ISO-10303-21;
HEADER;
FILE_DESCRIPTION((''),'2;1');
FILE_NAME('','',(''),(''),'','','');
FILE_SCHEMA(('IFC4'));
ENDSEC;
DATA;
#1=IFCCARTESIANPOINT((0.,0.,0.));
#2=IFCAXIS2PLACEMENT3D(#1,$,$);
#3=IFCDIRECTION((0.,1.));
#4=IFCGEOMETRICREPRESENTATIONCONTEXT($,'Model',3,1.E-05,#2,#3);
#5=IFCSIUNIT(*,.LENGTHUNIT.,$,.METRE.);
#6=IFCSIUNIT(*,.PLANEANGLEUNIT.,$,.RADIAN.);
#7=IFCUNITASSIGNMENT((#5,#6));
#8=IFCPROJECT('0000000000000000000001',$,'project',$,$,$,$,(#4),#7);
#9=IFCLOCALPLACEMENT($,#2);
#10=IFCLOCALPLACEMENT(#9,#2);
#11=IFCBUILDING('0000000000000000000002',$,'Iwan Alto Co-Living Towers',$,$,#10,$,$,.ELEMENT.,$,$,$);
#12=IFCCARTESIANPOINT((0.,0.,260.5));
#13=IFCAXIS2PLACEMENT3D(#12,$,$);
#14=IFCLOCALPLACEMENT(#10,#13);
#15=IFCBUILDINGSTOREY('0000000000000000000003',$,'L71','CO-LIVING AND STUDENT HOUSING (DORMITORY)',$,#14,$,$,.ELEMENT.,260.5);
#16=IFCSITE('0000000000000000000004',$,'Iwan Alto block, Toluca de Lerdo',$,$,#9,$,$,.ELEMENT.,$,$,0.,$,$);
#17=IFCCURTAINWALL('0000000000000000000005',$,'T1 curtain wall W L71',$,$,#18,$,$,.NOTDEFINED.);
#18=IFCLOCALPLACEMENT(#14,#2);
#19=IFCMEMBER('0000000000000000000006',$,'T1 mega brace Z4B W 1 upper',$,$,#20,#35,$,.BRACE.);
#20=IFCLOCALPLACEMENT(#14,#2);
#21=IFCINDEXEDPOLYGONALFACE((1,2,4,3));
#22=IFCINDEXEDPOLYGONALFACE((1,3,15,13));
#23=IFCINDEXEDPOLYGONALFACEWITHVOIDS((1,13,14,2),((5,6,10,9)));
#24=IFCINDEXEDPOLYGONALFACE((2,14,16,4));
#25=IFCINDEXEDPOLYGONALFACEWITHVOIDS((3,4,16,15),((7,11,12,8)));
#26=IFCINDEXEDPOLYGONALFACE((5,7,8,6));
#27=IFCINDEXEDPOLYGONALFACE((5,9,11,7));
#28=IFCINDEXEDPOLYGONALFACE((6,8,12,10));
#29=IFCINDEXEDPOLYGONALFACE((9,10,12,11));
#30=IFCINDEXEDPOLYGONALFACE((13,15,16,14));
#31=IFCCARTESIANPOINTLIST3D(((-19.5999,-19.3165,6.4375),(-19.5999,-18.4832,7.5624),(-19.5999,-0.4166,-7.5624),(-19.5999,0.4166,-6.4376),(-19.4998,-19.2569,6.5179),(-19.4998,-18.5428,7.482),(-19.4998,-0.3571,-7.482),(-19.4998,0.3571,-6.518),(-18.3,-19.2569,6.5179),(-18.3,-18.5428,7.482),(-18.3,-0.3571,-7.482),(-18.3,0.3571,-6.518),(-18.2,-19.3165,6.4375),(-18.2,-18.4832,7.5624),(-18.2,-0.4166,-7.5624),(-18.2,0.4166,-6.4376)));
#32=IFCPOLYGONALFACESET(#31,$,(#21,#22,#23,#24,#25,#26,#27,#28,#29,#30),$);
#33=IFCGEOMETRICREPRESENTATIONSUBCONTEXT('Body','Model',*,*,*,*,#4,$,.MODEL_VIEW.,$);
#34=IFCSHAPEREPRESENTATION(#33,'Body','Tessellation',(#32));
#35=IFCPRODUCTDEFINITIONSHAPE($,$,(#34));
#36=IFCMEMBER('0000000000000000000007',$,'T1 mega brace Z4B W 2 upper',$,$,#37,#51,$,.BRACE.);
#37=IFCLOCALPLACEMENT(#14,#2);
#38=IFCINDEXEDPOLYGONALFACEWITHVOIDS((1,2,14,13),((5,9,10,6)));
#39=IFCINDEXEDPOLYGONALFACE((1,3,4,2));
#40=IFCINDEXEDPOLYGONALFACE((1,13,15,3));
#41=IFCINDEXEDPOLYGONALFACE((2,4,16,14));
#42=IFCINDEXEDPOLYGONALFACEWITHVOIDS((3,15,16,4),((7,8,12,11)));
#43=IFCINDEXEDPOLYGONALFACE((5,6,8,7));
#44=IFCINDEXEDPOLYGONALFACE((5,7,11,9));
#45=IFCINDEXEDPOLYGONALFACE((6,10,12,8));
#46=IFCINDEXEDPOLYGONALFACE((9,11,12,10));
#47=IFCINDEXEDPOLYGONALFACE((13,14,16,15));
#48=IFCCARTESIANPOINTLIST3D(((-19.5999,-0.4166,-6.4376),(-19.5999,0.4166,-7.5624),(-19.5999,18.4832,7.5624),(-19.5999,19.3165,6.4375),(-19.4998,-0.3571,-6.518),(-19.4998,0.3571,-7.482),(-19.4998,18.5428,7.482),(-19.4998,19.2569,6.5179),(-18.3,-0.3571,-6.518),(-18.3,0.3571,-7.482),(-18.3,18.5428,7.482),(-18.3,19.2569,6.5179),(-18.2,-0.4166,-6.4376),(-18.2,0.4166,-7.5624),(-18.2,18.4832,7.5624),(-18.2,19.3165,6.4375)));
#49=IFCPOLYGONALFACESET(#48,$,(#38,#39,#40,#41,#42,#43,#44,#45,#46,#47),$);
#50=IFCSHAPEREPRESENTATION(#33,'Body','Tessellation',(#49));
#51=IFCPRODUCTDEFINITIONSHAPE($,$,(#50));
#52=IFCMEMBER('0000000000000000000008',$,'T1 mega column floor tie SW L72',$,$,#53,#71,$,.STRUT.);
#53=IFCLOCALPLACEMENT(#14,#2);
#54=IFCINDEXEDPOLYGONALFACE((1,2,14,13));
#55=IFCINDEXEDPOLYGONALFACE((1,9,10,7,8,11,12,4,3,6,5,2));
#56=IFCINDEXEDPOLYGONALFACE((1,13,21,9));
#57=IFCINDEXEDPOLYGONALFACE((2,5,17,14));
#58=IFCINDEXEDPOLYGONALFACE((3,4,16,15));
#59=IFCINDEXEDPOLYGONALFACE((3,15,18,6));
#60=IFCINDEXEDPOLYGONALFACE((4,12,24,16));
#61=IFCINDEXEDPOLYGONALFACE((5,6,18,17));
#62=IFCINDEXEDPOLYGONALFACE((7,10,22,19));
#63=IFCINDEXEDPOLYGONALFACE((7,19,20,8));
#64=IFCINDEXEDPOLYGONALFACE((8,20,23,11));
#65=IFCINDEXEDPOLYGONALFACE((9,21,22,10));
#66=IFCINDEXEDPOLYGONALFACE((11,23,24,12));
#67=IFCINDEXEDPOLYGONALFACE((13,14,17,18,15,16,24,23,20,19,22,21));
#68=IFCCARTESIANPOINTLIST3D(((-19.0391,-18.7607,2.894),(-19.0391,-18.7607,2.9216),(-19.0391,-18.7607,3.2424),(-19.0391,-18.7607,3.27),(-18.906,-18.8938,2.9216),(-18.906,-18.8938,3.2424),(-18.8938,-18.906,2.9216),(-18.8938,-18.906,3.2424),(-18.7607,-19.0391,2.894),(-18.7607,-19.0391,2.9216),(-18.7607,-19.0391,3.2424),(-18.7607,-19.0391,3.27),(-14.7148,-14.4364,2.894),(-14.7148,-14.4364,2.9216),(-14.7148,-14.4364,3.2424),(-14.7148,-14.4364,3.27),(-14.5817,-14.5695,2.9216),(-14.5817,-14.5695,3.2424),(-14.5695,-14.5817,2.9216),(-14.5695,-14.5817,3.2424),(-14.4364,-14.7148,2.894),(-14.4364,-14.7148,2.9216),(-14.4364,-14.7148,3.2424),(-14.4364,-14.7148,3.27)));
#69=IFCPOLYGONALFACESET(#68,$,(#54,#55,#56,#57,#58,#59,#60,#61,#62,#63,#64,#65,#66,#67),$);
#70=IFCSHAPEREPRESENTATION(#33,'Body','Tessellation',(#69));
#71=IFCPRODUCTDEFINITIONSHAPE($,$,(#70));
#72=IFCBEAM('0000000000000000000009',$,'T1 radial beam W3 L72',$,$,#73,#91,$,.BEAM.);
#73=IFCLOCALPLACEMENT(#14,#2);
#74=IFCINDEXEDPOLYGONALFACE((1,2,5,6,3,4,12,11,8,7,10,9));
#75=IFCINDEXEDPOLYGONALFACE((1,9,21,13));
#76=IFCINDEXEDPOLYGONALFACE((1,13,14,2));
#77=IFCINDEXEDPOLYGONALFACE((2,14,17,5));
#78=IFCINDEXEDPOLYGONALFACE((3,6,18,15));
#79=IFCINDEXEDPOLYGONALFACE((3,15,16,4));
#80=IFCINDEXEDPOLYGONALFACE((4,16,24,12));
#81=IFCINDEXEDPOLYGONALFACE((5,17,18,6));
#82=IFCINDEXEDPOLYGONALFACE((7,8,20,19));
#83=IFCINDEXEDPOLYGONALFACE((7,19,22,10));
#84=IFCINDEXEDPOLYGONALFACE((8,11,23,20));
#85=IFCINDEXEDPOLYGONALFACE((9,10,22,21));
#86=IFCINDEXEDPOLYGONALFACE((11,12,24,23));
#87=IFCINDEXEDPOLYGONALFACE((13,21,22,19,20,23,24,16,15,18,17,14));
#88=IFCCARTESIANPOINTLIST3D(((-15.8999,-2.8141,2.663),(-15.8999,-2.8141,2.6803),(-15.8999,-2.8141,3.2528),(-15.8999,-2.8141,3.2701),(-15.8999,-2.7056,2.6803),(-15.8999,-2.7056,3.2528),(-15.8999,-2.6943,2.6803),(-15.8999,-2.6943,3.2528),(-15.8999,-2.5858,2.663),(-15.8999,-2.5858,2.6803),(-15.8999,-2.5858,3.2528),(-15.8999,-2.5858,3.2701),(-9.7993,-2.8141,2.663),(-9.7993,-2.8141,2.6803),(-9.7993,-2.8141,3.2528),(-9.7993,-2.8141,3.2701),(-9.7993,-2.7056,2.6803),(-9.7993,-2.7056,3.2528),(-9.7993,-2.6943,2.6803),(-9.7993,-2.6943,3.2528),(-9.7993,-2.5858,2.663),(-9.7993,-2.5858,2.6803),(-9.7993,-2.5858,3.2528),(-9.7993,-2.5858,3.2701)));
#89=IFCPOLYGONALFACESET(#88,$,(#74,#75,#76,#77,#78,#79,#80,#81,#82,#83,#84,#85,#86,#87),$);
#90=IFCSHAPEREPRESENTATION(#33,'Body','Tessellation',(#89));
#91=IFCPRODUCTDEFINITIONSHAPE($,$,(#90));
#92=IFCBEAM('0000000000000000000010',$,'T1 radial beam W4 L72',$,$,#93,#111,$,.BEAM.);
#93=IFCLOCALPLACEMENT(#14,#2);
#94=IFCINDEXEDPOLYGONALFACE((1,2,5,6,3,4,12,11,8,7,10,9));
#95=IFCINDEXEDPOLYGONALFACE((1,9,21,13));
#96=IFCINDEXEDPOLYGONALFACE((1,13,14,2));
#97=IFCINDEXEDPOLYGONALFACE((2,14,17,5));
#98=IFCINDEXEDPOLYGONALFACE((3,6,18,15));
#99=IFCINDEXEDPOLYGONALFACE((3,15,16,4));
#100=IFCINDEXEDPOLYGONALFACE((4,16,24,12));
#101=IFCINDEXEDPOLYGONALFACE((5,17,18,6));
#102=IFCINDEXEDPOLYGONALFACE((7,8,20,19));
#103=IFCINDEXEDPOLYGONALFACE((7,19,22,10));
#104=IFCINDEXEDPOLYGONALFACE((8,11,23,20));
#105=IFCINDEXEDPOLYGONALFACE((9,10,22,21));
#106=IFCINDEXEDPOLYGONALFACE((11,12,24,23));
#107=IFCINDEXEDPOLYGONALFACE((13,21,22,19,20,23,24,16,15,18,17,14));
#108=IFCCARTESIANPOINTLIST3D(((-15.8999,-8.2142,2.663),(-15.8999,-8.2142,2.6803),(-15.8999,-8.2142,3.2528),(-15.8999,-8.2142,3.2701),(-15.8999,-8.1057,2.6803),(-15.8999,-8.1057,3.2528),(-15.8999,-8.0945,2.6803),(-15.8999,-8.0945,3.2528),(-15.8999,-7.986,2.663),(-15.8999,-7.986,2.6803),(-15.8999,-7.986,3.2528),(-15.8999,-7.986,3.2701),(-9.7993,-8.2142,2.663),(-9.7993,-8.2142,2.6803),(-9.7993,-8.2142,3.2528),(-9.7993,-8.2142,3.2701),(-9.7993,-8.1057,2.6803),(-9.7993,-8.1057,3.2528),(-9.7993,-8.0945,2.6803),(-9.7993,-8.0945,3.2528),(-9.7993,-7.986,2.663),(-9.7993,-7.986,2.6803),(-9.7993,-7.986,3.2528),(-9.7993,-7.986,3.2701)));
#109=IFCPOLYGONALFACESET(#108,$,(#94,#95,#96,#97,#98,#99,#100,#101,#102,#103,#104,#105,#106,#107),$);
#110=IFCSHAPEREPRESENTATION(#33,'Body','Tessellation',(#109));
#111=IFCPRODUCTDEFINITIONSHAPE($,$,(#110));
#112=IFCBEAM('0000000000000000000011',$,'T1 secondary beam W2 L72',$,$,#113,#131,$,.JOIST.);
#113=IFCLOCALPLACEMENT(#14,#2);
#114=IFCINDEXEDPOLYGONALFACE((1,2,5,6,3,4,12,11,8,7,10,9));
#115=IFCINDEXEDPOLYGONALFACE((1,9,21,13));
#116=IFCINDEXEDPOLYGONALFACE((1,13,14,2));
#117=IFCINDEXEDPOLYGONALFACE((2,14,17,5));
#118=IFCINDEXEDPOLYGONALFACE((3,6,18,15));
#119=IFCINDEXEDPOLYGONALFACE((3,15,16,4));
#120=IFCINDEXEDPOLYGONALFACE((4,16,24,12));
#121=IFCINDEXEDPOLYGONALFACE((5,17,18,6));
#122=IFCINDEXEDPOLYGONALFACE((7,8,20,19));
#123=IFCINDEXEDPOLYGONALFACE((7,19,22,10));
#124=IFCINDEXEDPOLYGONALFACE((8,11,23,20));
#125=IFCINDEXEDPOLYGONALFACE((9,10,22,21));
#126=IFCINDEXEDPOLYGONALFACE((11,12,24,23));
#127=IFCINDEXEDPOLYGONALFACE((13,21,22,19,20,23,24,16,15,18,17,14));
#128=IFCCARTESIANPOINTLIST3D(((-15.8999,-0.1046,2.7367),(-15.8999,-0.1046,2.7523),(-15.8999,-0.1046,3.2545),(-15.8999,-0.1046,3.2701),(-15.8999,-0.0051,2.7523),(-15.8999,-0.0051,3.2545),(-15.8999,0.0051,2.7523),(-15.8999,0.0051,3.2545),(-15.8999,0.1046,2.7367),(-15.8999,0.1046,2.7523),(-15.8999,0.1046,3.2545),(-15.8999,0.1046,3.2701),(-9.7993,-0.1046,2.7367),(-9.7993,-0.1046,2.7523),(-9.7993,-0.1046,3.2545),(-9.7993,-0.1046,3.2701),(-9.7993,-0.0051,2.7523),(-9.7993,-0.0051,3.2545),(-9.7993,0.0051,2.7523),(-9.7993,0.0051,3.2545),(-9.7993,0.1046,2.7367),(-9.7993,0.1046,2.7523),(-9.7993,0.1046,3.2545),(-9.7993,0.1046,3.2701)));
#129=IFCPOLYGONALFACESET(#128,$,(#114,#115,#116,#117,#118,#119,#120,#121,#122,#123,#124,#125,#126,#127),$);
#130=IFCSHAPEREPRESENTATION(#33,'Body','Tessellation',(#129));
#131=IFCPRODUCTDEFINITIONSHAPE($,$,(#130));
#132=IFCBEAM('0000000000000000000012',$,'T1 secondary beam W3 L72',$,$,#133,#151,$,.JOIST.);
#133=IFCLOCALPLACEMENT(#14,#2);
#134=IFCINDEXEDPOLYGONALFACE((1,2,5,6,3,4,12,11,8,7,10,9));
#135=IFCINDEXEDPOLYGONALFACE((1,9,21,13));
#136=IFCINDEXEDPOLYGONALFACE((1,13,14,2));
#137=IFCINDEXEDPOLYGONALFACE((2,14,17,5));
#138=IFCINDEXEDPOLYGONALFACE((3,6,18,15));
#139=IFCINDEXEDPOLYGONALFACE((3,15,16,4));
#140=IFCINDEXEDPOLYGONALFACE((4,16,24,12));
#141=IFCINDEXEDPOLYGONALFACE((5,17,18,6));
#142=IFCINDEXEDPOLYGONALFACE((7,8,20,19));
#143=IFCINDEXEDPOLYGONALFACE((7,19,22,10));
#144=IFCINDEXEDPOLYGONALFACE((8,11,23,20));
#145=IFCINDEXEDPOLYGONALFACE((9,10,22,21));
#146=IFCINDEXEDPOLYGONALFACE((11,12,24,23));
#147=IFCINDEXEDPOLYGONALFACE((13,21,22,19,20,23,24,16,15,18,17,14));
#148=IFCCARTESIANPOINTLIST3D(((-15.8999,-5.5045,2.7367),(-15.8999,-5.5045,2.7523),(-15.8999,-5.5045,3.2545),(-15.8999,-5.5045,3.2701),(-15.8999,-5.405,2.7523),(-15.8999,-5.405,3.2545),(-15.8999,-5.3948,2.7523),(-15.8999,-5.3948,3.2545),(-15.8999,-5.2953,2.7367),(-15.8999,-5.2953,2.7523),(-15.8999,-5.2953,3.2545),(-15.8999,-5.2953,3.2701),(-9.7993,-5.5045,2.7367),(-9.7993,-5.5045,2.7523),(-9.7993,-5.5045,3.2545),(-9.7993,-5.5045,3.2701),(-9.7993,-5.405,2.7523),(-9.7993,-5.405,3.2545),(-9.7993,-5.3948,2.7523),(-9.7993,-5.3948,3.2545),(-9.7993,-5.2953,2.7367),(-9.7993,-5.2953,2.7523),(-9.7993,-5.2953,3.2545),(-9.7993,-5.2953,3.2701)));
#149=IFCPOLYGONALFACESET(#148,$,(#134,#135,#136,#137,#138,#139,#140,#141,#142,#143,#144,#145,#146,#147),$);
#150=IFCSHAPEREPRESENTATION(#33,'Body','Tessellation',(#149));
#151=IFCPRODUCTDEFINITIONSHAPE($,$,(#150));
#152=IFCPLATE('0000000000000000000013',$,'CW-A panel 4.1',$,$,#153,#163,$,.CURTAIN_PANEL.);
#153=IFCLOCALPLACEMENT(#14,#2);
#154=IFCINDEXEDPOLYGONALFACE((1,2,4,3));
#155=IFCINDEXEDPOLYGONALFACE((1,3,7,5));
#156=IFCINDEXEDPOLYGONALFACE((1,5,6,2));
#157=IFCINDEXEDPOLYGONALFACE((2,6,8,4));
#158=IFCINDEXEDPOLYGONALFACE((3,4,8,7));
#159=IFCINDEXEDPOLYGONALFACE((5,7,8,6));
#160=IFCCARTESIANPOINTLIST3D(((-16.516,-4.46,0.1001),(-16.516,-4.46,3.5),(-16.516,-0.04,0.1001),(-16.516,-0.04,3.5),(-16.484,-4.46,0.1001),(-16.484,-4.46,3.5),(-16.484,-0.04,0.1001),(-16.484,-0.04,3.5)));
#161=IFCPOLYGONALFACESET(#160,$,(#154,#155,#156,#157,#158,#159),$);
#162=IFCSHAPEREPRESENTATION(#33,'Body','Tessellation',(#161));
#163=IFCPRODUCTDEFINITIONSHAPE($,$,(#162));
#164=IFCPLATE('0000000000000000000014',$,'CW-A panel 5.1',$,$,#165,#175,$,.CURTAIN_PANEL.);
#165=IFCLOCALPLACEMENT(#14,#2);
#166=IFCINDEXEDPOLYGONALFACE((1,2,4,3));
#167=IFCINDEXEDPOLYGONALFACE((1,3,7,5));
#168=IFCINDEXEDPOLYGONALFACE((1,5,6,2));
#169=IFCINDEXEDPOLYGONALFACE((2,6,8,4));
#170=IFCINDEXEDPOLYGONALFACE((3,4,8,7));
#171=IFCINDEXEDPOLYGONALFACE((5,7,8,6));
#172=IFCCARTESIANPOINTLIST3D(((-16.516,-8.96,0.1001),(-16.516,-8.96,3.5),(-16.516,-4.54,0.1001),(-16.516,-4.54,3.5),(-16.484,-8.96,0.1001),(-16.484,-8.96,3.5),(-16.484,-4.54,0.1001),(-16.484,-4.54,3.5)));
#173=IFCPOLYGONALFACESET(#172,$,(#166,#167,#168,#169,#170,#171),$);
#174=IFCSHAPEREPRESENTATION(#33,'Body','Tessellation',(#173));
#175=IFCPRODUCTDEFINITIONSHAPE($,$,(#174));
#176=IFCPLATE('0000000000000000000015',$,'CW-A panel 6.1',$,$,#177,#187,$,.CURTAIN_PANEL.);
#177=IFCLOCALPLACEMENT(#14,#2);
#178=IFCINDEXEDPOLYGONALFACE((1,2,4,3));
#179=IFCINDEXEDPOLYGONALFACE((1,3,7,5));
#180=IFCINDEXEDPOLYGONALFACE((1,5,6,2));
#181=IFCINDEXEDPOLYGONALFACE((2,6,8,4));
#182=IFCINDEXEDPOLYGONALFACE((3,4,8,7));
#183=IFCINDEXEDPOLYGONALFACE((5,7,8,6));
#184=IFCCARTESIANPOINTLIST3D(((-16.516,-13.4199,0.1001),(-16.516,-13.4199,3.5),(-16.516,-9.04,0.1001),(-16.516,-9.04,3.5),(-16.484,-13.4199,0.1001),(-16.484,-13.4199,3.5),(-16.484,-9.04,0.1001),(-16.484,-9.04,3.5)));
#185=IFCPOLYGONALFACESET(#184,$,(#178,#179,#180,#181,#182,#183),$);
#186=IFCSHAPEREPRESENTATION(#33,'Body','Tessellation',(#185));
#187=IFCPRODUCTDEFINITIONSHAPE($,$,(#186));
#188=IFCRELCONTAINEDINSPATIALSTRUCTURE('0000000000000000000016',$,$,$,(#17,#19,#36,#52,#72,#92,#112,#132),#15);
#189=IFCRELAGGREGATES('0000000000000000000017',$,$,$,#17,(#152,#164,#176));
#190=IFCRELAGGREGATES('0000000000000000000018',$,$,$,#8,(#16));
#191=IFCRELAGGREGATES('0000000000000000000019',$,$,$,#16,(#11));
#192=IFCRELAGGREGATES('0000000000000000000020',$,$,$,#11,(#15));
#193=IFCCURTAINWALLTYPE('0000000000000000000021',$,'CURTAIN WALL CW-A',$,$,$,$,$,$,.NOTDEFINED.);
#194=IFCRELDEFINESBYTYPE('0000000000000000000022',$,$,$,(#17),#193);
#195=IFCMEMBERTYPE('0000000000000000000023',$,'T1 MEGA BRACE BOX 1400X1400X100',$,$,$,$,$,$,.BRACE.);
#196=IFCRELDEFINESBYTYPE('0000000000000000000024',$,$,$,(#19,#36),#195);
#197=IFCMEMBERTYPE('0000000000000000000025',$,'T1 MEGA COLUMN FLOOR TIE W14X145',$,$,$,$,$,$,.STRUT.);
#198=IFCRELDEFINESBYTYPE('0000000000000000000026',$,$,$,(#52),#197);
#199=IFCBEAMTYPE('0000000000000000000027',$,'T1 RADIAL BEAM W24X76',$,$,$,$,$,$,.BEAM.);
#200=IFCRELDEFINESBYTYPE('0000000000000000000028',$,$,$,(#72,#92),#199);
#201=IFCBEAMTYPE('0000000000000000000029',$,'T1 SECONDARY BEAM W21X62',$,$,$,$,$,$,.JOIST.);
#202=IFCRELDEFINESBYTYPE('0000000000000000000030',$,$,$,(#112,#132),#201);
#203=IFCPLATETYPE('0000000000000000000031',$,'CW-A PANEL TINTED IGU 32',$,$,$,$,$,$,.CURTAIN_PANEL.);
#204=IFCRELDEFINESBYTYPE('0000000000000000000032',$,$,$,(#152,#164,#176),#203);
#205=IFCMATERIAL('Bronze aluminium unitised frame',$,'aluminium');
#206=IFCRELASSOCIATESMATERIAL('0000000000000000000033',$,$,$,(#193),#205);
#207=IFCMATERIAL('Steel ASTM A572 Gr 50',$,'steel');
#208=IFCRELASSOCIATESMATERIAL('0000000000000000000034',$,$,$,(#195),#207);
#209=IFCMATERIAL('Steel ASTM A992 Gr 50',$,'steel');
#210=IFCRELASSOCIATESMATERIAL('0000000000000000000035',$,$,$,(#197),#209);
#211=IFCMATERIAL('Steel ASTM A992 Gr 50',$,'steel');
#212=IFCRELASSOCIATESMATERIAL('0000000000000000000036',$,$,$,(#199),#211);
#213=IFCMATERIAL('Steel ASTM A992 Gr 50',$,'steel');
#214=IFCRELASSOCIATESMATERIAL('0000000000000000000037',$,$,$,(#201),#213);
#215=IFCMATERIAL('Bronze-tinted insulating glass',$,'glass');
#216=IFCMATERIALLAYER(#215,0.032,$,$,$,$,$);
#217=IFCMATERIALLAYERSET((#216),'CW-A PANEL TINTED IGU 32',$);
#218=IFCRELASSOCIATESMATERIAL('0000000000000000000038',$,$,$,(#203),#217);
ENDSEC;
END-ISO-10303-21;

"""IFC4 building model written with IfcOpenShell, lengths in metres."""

from ifc_helpers import new_model, si_unit, direction, frame, origin, origin_2d, place, context, subcontext, project, spatial, rectangle, hollow_rectangle, i_section, extrude, material, layer, layer_set, material_profile, profile_set, type_object, element, aggregate, save


model = new_model("IFC4")

# Units and contexts
model_context = context("Model", 3, precision=1e-05, world=origin(), true_north=direction((0.0, 1.0)))
body_context = subcontext(model_context, "Body", "Model", "MODEL_VIEW")
ifc_project = project(units=[si_unit("LENGTHUNIT", "METRE"), si_unit("PLANEANGLEUNIT", "RADIAN")], contexts=[model_context])

# Site, building, storey
site_placement = place(None, origin())
site = spatial("IfcSite", under=ifc_project, at=site_placement, Name="Iwan Alto block, Toluca de Lerdo", CompositionType="ELEMENT", RefElevation=0.0)
building_placement = place(site_placement, origin())
building = spatial("IfcBuilding", under=site, at=building_placement, Name="Iwan Alto Co-Living Towers", CompositionType="ELEMENT")
storey_placement = place(building_placement, frame((0.0, 0.0, 260.5)))
storey = spatial("IfcBuildingStorey", under=building, at=storey_placement, Name="L71", Description="CO-LIVING AND STUDENT HOUSING (DORMITORY)", CompositionType="ELEMENT", Elevation=260.5)

# Curtain wall
ifc_material_1 = material(Name="Bronze aluminium unitised frame", Category="aluminium")
curtain_wall_type_1 = type_object("IfcCurtainWallType", Name="CURTAIN WALL CW-A", PredefinedType="NOTDEFINED", material=ifc_material_1)
curtain_wall_1_placement = place(storey_placement, origin())
curtain_wall_1 = element("IfcCurtainWall", 1, at=curtain_wall_1_placement, inside=storey, type_object=curtain_wall_type_1, Name="T1 curtain wall W L71", PredefinedType="NOTDEFINED")

# Members
ifc_material_2 = material(Name="Steel ASTM A572 Gr 50", Category="steel")
ifc_material_profile_1 = material_profile(ifc_material_2, hollow_rectangle(XDim=1.3999, YDim=1.3999, WallThickness=0.1001, at=origin_2d()), Name="BOX 1400X1400X100")
ifc_profile_set_1 = profile_set([ifc_material_profile_1], Name="Steel ASTM A572 Gr 50")
member_type_1 = type_object("IfcMemberType", Name="T1 MEGA BRACE BOX 1400X1400X100", PredefinedType="BRACE", material=ifc_profile_set_1)
for number, where, z_axis, x_axis, name in (
    (2, (-18.8999, 0.0, -7.0), (0.0, -0.803556, 0.59523), (1.0, 0.0, 0.0), "T1 mega brace Z4B W 1 upper"),
    (3, (-18.8999, 0.0, -7.0), (0.0, 0.803556, 0.59523), (-1.0, 0.0, 0.0), "T1 mega brace Z4B W 2 upper"),
):
    element("IfcMember", number, at=place(storey_placement, frame(where, z_axis=z_axis, x_axis=x_axis)), inside=storey, type_object=member_type_1, Name=name, PredefinedType="BRACE", context=body_context, shape_type="SweptSolid", body=[
        extrude(hollow_rectangle(XDim=1.3999, YDim=1.3999, WallThickness=0.1001, at=origin_2d()), origin(), (0.0, 0.0, 1.0), 23.5203),
    ])
ifc_material_3 = material(Name="Steel ASTM A992 Gr 50", Category="steel")
ifc_material_profile_2 = material_profile(ifc_material_3, i_section(OverallWidth=0.3938, OverallDepth=0.376, WebThickness=0.0173, FlangeThickness=0.0276, at=origin_2d()), Name="W14X145")
ifc_profile_set_2 = profile_set([ifc_material_profile_2], Name="Steel ASTM A992 Gr 50")
member_type_2 = type_object("IfcMemberType", Name="T1 MEGA COLUMN FLOOR TIE W14X145", PredefinedType="STRUT", material=ifc_profile_set_2)
member_1_placement = place(storey_placement, frame((-18.8999, -18.8999, 3.082), z_axis=(0.707107, 0.707107, 0.0), x_axis=(-0.707107, 0.707107, 0.0)))
element("IfcMember", 4, at=member_1_placement, inside=storey, type_object=member_type_2, Name="T1 mega column floor tie SW L72", PredefinedType="STRUT", context=body_context, shape_type="SweptSolid", body=[
    extrude(i_section(OverallWidth=0.3938, OverallDepth=0.376, WebThickness=0.0173, FlangeThickness=0.0276, at=origin_2d()), origin(), (0.0, 0.0, 1.0), 6.1155),
])

# Beams
ifc_material_4 = material(Name="Steel ASTM A992 Gr 50", Category="steel")
ifc_material_profile_3 = material_profile(ifc_material_4, i_section(OverallWidth=0.2283, OverallDepth=0.6072, WebThickness=0.0112, FlangeThickness=0.0173, at=origin_2d()), Name="W24X76")
ifc_profile_set_3 = profile_set([ifc_material_profile_3], Name="Steel ASTM A992 Gr 50")
beam_type_1 = type_object("IfcBeamType", Name="T1 RADIAL BEAM W24X76", PredefinedType="BEAM", material=ifc_profile_set_3)
for number, where, z_axis, x_axis, name in (
    (5, (-15.8999, -2.7, 2.9666), (1.0, 0.0, 0.0), (0.0, 1.0, 0.0), "T1 radial beam W3 L72"),
    (6, (-15.8999, -8.1001, 2.9666), (1.0, 0.0, 0.0), (0.0, 1.0, 0.0), "T1 radial beam W4 L72"),
):
    element("IfcBeam", number, at=place(storey_placement, frame(where, z_axis=z_axis, x_axis=x_axis)), inside=storey, type_object=beam_type_1, Name=name, PredefinedType="BEAM", context=body_context, shape_type="SweptSolid", body=[
        extrude(i_section(OverallWidth=0.2283, OverallDepth=0.6072, WebThickness=0.0112, FlangeThickness=0.0173, at=origin_2d()), origin(), (0.0, 0.0, 1.0), 6.1006),
    ])
ifc_material_5 = material(Name="Steel ASTM A992 Gr 50", Category="steel")
ifc_material_profile_4 = material_profile(ifc_material_5, i_section(OverallWidth=0.2092, OverallDepth=0.5334, WebThickness=0.0103, FlangeThickness=0.0156, at=origin_2d()), Name="W21X62")
ifc_profile_set_4 = profile_set([ifc_material_profile_4], Name="Steel ASTM A992 Gr 50")
beam_type_2 = type_object("IfcBeamType", Name="T1 SECONDARY BEAM W21X62", PredefinedType="JOIST", material=ifc_profile_set_4)
for number, where, z_axis, x_axis, name in (
    (7, (-15.8999, 0.0, 3.0034), (1.0, 0.0, 0.0), (0.0, 1.0, 0.0), "T1 secondary beam W2 L72"),
    (8, (-15.8999, -5.3999, 3.0034), (1.0, 0.0, 0.0), (0.0, 1.0, 0.0), "T1 secondary beam W3 L72"),
):
    element("IfcBeam", number, at=place(storey_placement, frame(where, z_axis=z_axis, x_axis=x_axis)), inside=storey, type_object=beam_type_2, Name=name, PredefinedType="JOIST", context=body_context, shape_type="SweptSolid", body=[
        extrude(i_section(OverallWidth=0.2092, OverallDepth=0.5334, WebThickness=0.0103, FlangeThickness=0.0156, at=origin_2d()), origin(), (0.0, 0.0, 1.0), 6.1006),
    ])

# Plates
ifc_material_6 = material(Name="Bronze-tinted insulating glass", Category="glass")
ifc_layer_1 = layer(ifc_material_6, 0.032)
ifc_layer_set_1 = layer_set([ifc_layer_1], Name="CW-A PANEL TINTED IGU 32")
plate_type_1 = type_object("IfcPlateType", Name="CW-A PANEL TINTED IGU 32", PredefinedType="CURTAIN_PANEL", material=ifc_layer_set_1)
plate_1_placement = place(storey_placement, frame((-16.5, -2.25, 0.1001), z_axis=(0.0, 0.0, 1.0), x_axis=(0.0, -1.0, 0.0)))
plate_1 = element("IfcPlate", 9, at=plate_1_placement, type_object=plate_type_1, Name="CW-A panel 4.1", PredefinedType="CURTAIN_PANEL", context=body_context, shape_type="SweptSolid", body=[
    extrude(rectangle(XDim=4.4199, YDim=0.032, at=origin_2d()), origin(), (0.0, 0.0, 1.0), 3.3999),
])
plate_2_placement = place(storey_placement, frame((-16.5, -6.75, 0.1001), z_axis=(0.0, 0.0, 1.0), x_axis=(0.0, -1.0, 0.0)))
plate_2 = element("IfcPlate", 10, at=plate_2_placement, type_object=plate_type_1, Name="CW-A panel 5.1", PredefinedType="CURTAIN_PANEL", context=body_context, shape_type="SweptSolid", body=[
    extrude(rectangle(XDim=4.4199, YDim=0.032, at=origin_2d()), origin(), (0.0, 0.0, 1.0), 3.3999),
])
plate_3_placement = place(storey_placement, frame((-16.5, -11.23, 0.1001), z_axis=(0.0, 0.0, 1.0), x_axis=(0.0, -1.0, 0.0)))
plate_3 = element("IfcPlate", 11, at=plate_3_placement, type_object=plate_type_1, Name="CW-A panel 6.1", PredefinedType="CURTAIN_PANEL", context=body_context, shape_type="SweptSolid", body=[
    extrude(rectangle(XDim=4.3799, YDim=0.032, at=origin_2d()), origin(), (0.0, 0.0, 1.0), 3.3999),
])
aggregate(curtain_wall_1, [plate_1, plate_2, plate_3])

save(model, "model.ifc")
